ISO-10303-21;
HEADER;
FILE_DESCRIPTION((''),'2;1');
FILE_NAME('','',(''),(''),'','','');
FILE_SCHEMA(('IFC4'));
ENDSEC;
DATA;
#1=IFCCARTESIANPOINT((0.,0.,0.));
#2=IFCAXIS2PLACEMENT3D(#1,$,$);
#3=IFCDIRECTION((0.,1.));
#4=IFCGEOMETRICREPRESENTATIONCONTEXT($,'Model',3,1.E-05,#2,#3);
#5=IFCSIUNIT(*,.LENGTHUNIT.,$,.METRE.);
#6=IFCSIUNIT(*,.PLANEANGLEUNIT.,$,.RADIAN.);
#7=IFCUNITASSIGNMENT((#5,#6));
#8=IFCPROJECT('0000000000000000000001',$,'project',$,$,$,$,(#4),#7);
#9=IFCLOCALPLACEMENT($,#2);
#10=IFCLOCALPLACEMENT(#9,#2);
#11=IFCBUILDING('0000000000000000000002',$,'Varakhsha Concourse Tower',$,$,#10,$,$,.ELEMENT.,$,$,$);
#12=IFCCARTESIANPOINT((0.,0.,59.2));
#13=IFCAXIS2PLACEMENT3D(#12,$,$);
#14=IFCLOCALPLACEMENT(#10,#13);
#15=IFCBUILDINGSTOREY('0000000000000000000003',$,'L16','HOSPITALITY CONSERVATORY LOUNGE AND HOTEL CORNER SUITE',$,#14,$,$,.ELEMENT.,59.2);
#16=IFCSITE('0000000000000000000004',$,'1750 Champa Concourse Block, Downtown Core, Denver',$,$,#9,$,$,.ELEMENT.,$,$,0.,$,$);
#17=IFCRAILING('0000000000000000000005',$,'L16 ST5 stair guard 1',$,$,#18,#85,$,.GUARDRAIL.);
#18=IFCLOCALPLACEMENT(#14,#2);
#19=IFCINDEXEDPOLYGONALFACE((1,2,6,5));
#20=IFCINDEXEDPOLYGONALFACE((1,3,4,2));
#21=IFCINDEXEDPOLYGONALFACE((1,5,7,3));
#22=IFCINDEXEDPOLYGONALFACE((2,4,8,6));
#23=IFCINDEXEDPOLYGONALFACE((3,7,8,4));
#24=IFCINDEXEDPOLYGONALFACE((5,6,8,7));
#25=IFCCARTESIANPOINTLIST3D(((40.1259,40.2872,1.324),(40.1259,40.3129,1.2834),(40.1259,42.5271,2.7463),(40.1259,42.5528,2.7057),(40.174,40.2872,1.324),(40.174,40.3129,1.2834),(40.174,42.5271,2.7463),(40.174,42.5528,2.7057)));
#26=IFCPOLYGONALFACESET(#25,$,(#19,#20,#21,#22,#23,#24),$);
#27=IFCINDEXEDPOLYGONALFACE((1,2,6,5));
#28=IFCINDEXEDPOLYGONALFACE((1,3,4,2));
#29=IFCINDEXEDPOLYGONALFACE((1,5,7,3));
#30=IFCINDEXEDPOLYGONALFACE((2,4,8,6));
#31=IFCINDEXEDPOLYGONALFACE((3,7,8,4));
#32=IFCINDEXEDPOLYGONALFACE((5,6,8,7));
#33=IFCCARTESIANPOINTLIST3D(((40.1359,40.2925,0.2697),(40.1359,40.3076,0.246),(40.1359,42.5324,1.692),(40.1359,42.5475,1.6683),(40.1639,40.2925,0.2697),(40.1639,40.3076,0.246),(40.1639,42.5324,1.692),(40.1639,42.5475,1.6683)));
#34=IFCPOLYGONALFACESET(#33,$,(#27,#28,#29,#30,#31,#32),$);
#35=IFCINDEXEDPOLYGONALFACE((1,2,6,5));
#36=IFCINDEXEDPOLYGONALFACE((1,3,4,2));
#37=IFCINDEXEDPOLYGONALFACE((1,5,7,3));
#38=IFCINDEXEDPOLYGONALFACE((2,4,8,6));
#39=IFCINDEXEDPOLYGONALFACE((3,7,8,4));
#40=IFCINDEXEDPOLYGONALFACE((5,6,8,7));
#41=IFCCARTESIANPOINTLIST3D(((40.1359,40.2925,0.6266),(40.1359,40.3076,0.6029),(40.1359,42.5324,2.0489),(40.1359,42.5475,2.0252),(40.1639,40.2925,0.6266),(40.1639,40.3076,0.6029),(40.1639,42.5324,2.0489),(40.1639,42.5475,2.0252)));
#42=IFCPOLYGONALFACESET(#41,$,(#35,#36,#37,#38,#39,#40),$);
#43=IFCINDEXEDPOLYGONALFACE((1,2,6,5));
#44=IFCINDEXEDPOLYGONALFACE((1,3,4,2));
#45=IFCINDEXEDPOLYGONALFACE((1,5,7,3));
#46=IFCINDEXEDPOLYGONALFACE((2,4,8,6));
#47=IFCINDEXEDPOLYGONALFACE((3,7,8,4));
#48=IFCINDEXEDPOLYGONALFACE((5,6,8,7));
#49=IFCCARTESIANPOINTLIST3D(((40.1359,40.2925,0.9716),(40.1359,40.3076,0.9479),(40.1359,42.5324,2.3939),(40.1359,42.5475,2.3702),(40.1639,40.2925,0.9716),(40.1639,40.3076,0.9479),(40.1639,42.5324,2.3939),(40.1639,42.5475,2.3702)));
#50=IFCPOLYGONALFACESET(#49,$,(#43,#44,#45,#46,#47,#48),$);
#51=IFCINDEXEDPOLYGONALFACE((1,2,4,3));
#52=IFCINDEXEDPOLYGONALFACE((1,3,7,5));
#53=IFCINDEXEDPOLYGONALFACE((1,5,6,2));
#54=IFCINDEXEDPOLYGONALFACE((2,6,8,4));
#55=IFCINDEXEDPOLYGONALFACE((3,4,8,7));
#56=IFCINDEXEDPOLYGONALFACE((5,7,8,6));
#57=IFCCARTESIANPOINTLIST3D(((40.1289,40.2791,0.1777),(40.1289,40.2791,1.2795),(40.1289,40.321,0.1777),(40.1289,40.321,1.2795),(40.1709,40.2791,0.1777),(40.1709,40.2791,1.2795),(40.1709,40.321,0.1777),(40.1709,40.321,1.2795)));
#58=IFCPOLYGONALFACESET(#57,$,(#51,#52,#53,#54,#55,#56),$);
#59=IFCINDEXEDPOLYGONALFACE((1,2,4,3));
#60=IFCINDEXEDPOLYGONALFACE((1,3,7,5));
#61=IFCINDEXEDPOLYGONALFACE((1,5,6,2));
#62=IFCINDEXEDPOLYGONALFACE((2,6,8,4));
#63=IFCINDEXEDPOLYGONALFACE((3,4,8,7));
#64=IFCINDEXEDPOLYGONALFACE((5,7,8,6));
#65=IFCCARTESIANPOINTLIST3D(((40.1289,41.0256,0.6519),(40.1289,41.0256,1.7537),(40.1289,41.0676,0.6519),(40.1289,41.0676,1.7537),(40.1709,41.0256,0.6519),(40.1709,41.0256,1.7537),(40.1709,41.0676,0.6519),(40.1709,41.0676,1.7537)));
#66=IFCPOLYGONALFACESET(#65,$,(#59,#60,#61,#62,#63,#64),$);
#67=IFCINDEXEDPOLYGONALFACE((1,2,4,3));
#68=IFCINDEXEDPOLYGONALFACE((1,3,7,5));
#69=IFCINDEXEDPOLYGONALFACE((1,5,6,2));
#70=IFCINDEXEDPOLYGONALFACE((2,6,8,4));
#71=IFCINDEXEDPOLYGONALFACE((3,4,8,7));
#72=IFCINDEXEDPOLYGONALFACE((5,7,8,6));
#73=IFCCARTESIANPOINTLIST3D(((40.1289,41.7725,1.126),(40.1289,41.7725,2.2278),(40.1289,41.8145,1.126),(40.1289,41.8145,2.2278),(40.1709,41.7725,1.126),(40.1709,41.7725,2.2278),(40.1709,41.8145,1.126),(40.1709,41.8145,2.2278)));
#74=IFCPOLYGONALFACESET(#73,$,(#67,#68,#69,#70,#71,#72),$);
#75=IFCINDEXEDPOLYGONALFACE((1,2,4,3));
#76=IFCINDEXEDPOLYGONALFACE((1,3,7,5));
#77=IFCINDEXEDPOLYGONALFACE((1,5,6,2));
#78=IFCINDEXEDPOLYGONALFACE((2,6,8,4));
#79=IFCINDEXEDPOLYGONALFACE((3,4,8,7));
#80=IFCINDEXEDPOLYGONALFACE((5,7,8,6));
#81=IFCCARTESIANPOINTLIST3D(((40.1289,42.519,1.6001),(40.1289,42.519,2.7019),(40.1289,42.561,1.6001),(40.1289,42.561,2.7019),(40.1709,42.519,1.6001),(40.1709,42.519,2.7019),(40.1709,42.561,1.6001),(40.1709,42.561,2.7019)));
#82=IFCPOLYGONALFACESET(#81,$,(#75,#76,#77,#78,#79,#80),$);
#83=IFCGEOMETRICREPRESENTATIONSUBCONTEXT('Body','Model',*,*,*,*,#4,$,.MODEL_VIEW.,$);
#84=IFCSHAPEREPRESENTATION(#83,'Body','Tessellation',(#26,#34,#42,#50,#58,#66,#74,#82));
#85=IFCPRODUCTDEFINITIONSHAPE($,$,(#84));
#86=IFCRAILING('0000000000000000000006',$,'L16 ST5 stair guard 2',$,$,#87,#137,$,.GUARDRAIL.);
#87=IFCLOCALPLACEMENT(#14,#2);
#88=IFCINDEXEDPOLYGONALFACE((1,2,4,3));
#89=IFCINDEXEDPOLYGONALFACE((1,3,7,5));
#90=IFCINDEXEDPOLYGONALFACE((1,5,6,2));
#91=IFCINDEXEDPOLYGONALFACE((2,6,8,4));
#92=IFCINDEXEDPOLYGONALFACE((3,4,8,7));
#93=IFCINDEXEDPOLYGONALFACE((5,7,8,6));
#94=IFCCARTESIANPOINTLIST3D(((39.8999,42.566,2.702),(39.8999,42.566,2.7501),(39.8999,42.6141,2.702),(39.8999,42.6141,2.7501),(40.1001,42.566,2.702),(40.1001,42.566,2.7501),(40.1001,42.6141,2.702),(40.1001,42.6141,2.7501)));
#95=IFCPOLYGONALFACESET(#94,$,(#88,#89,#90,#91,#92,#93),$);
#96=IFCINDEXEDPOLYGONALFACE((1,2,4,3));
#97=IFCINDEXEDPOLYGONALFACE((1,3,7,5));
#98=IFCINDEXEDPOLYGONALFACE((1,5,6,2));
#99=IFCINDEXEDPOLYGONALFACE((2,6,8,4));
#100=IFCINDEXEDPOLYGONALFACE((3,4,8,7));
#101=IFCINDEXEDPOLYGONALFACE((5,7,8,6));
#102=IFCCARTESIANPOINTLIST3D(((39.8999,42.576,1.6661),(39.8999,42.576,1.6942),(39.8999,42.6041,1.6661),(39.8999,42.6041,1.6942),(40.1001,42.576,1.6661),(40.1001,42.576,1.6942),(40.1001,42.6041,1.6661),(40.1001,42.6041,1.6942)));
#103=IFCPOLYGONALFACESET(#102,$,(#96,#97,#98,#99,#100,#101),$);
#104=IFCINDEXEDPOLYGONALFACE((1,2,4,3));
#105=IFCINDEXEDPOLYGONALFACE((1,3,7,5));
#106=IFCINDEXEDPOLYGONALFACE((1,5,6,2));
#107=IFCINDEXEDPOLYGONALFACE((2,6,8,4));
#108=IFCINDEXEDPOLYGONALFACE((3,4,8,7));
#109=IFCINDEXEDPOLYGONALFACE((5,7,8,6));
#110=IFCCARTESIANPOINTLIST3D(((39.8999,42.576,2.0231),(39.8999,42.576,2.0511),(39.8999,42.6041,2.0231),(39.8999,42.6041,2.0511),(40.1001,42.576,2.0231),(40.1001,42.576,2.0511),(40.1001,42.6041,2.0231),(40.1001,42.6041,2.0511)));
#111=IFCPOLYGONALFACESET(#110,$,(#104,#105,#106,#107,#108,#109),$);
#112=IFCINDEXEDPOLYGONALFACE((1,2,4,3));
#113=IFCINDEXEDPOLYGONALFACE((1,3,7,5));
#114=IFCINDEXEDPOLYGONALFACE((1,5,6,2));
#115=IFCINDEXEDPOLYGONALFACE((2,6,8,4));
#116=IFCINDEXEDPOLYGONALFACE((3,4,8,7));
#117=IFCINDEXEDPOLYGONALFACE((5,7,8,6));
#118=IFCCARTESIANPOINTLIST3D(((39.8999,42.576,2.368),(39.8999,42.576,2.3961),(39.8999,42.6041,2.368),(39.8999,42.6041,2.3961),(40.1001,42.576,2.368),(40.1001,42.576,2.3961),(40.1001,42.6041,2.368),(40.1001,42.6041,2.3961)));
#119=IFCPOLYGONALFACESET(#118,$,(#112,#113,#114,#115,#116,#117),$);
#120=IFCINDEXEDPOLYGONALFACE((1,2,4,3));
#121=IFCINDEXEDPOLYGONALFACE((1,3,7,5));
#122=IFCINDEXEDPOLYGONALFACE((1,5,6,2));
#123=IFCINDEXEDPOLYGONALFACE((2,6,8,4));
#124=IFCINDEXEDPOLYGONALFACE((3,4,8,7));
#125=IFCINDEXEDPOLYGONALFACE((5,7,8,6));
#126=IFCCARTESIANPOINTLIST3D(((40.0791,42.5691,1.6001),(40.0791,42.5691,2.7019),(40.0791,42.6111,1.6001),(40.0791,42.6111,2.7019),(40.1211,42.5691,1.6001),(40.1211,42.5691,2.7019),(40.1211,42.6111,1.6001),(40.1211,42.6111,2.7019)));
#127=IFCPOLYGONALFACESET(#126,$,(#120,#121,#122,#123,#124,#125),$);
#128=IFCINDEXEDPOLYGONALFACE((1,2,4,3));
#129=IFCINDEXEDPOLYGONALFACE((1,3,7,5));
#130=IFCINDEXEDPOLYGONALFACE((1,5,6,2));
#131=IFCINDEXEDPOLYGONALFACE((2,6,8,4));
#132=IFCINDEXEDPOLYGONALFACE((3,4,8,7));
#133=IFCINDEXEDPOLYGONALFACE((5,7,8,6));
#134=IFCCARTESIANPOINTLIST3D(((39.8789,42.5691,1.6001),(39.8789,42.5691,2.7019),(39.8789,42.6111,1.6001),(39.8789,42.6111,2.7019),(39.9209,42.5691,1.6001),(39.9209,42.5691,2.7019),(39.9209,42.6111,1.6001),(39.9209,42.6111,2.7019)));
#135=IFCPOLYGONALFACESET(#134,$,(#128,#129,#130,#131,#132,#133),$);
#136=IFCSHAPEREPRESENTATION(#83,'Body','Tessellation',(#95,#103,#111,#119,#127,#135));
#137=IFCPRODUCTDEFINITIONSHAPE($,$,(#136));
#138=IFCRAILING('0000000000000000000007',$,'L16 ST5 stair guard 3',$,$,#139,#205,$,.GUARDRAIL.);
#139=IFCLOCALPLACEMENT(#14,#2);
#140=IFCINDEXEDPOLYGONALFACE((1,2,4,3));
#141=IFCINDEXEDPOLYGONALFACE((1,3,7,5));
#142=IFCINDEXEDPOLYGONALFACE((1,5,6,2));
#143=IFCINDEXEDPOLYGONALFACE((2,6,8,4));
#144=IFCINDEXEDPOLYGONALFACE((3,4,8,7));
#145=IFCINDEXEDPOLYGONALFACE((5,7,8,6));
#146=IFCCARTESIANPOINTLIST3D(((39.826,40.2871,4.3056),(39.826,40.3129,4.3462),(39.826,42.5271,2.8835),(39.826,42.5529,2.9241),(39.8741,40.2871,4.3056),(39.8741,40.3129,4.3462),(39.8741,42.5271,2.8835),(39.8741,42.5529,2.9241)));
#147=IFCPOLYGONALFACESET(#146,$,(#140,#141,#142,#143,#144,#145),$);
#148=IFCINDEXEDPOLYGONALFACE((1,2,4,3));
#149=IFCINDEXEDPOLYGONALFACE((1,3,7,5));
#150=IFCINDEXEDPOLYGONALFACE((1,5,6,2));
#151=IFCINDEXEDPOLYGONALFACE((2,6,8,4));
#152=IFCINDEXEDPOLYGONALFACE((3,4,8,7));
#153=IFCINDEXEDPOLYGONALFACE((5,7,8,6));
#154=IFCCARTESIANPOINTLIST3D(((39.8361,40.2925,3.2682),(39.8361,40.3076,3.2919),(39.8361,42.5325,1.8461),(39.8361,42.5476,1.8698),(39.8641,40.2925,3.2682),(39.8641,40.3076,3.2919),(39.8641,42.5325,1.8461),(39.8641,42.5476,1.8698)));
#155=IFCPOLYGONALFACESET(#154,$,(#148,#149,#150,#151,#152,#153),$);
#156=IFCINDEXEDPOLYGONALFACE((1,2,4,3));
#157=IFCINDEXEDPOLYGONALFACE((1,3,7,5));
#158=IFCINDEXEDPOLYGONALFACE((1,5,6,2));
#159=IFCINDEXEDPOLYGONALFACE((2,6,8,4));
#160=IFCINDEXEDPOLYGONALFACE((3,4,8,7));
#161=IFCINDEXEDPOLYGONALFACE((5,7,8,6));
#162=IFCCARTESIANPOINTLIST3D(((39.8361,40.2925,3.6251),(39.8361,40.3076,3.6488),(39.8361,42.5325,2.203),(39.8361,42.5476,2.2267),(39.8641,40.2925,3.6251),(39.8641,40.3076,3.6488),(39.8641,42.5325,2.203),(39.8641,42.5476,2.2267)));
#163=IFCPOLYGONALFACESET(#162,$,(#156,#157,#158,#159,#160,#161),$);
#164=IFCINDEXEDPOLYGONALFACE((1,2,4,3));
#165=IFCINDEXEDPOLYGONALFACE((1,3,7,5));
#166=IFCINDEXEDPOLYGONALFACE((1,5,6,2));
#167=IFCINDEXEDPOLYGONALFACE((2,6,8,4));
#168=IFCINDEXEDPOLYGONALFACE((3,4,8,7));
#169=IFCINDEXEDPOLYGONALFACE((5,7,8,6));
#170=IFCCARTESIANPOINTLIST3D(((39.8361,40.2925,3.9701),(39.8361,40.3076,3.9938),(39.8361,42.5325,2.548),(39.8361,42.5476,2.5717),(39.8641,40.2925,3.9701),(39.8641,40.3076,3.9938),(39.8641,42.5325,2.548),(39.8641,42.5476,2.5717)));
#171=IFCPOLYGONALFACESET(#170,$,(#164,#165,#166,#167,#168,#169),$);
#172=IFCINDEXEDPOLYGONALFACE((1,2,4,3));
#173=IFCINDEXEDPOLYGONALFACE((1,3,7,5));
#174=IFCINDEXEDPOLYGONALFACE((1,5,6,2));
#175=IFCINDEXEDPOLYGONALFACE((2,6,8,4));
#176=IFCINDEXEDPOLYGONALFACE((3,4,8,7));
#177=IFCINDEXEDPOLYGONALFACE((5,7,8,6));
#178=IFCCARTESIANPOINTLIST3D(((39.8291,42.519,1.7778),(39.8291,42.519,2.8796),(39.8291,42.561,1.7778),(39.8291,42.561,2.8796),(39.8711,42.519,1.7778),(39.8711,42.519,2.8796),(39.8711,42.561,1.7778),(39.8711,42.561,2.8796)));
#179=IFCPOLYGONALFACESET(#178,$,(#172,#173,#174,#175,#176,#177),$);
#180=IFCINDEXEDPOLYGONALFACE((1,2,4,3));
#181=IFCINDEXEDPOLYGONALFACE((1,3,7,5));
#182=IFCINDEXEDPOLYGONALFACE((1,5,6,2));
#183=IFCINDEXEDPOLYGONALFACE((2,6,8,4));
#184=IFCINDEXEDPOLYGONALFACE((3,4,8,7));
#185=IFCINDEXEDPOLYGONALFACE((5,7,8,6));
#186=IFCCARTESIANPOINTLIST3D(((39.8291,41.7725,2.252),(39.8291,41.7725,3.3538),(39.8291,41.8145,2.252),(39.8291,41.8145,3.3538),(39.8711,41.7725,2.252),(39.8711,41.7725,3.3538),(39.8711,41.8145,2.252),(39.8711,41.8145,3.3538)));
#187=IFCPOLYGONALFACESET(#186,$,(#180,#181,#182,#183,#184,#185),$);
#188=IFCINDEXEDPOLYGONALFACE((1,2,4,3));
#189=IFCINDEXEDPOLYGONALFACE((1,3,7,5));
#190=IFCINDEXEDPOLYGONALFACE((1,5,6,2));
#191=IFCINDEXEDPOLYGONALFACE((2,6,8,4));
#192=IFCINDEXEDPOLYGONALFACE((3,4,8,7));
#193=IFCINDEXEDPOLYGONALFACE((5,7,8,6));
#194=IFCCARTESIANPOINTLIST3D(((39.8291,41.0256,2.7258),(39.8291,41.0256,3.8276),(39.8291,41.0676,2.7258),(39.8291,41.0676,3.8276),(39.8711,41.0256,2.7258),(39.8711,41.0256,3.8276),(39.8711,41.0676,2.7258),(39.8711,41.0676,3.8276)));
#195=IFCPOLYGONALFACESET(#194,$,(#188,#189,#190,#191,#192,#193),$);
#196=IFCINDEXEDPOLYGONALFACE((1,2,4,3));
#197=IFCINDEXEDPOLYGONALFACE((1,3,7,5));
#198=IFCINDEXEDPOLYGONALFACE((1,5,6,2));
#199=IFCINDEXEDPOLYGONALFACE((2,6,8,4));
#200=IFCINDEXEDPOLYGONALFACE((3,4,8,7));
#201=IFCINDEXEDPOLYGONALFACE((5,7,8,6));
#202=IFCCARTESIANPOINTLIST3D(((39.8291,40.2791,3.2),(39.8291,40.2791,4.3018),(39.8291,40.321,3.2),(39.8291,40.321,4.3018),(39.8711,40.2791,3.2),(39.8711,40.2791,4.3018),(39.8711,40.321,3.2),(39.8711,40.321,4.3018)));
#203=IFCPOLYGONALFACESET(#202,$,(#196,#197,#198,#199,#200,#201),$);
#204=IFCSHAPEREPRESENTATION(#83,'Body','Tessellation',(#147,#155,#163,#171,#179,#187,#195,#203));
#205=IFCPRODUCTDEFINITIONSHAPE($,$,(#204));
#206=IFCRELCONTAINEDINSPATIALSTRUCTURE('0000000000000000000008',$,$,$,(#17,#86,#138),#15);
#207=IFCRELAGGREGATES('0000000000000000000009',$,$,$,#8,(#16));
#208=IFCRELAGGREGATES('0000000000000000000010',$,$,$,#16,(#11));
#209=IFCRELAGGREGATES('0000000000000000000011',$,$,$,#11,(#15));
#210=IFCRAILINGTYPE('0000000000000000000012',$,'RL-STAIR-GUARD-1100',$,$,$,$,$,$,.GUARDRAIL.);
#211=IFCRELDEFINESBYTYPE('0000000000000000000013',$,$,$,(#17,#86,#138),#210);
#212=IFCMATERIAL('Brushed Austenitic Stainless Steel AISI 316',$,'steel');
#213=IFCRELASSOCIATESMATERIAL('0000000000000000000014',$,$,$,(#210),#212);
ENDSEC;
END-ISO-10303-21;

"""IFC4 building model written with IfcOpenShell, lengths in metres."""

from ifc_helpers import new_model, si_unit, direction, frame, origin, origin_2d, place, context, subcontext, project, spatial, rectangle, extrude, material, type_object, element, save


model = new_model("IFC4")

# Units and contexts
model_context = context("Model", 3, precision=1e-05, world=origin(), true_north=direction((0.0, 1.0)))
body_context = subcontext(model_context, "Body", "Model", "MODEL_VIEW")
ifc_project = project(units=[si_unit("LENGTHUNIT", "METRE"), si_unit("PLANEANGLEUNIT", "RADIAN")], contexts=[model_context])

# Site, building, storey
site_placement = place(None, origin())
site = spatial("IfcSite", under=ifc_project, at=site_placement, Name="1750 Champa Concourse Block, Downtown Core, Denver", CompositionType="ELEMENT", RefElevation=0.0)
building_placement = place(site_placement, origin())
building = spatial("IfcBuilding", under=site, at=building_placement, Name="Varakhsha Concourse Tower", CompositionType="ELEMENT")
storey_placement = place(building_placement, frame((0.0, 0.0, 59.2)))
storey = spatial("IfcBuildingStorey", under=building, at=storey_placement, Name="L16", Description="HOSPITALITY CONSERVATORY LOUNGE AND HOTEL CORNER SUITE", CompositionType="ELEMENT", Elevation=59.2)

# Railings
ifc_material_1 = material(Name="Brushed Austenitic Stainless Steel AISI 316", Category="steel")
railing_type_1 = type_object("IfcRailingType", Name="RL-STAIR-GUARD-1100", PredefinedType="GUARDRAIL", material=ifc_material_1)
railing_1_placement = place(storey_placement, frame((40.1499, 40.3, 0.1777)))
element("IfcRailing", 1, at=railing_1_placement, inside=storey, type_object=railing_type_1, Name="L16 ST5 stair guard 1", PredefinedType="GUARDRAIL", context=body_context, shape_type="SweptSolid", body=[
    extrude(rectangle(XDim=0.0481, YDim=0.0481, at=origin_2d()), frame((0.0, 0.0, 1.126), z_axis=(0.0, 0.844188, 0.536048), x_axis=(-1.0, 0.0, 0.0)), (0.0, 0.0, 1.0), 2.6533),
    extrude(rectangle(XDim=0.0281, YDim=0.0281, at=origin_2d()), frame((0.0, 0.0, 0.0801), z_axis=(0.0, 0.844188, 0.536048), x_axis=(-1.0, 0.0, 0.0)), (0.0, 0.0, 1.0), 2.6533),
    extrude(rectangle(XDim=0.0281, YDim=0.0281, at=origin_2d()), frame((0.0, 0.0, 0.437), z_axis=(0.0, 0.844188, 0.536048), x_axis=(-1.0, 0.0, 0.0)), (0.0, 0.0, 1.0), 2.6533),
    extrude(rectangle(XDim=0.0281, YDim=0.0281, at=origin_2d()), frame((0.0, 0.0, 0.782), z_axis=(0.0, 0.844188, 0.536048), x_axis=(-1.0, 0.0, 0.0)), (0.0, 0.0, 1.0), 2.6533),
    extrude(rectangle(XDim=0.042, YDim=0.042, at=origin_2d()), origin(), (0.0, 0.0, 1.0), 1.1018),
    extrude(rectangle(XDim=0.042, YDim=0.042, at=origin_2d()), frame((0.0, 0.7466, 0.4741)), (0.0, 0.0, 1.0), 1.1018),
    extrude(rectangle(XDim=0.042, YDim=0.042, at=origin_2d()), frame((0.0, 1.4934, 0.9482)), (0.0, 0.0, 1.0), 1.1018),
    extrude(rectangle(XDim=0.042, YDim=0.042, at=origin_2d()), frame((0.0, 2.24, 1.4224)), (0.0, 0.0, 1.0), 1.1018),
])
railing_2_placement = place(storey_placement, frame((40.1001, 42.5901, 1.6001)))
element("IfcRailing", 2, at=railing_2_placement, inside=storey, type_object=railing_type_1, Name="L16 ST5 stair guard 2", PredefinedType="GUARDRAIL", context=body_context, shape_type="SweptSolid", body=[
    extrude(rectangle(XDim=0.0481, YDim=0.0481, at=origin_2d()), frame((0.0, 0.0, 1.126), z_axis=(-1.0, 0.0, 0.0), x_axis=(0.0, -1.0, 0.0)), (0.0, 0.0, 1.0), 0.2002),
    extrude(rectangle(XDim=0.0281, YDim=0.0281, at=origin_2d()), frame((0.0, 0.0, 0.0801), z_axis=(-1.0, 0.0, 0.0), x_axis=(0.0, -1.0, 0.0)), (0.0, 0.0, 1.0), 0.2002),
    extrude(rectangle(XDim=0.0281, YDim=0.0281, at=origin_2d()), frame((0.0, 0.0, 0.437), z_axis=(-1.0, 0.0, 0.0), x_axis=(0.0, -1.0, 0.0)), (0.0, 0.0, 1.0), 0.2002),
    extrude(rectangle(XDim=0.0281, YDim=0.0281, at=origin_2d()), frame((0.0, 0.0, 0.782), z_axis=(-1.0, 0.0, 0.0), x_axis=(0.0, -1.0, 0.0)), (0.0, 0.0, 1.0), 0.2002),
    extrude(rectangle(XDim=0.042, YDim=0.042, at=origin_2d()), origin(), (0.0, 0.0, 1.0), 1.1018),
    extrude(rectangle(XDim=0.042, YDim=0.042, at=origin_2d()), frame((-0.2002, 0.0, 0.0)), (0.0, 0.0, 1.0), 1.1018),
])
railing_3_placement = place(storey_placement, frame((39.8501, 42.54, 1.7778)))
element("IfcRailing", 3, at=railing_3_placement, inside=storey, type_object=railing_type_1, Name="L16 ST5 stair guard 3", PredefinedType="GUARDRAIL", context=body_context, shape_type="SweptSolid", body=[
    extrude(rectangle(XDim=0.0481, YDim=0.0481, at=origin_2d()), frame((0.0, 0.0, 1.126), z_axis=(0.0, -0.844229, 0.535982), x_axis=(1.0, 0.0, 0.0)), (0.0, 0.0, 1.0), 2.6533),
    extrude(rectangle(XDim=0.0281, YDim=0.0281, at=origin_2d()), frame((0.0, 0.0, 0.0801), z_axis=(0.0, -0.844229, 0.535982), x_axis=(1.0, 0.0, 0.0)), (0.0, 0.0, 1.0), 2.6533),
    extrude(rectangle(XDim=0.0281, YDim=0.0281, at=origin_2d()), frame((0.0, 0.0, 0.437), z_axis=(0.0, -0.844229, 0.535982), x_axis=(1.0, 0.0, 0.0)), (0.0, 0.0, 1.0), 2.6533),
    extrude(rectangle(XDim=0.0281, YDim=0.0281, at=origin_2d()), frame((0.0, 0.0, 0.782), z_axis=(0.0, -0.844229, 0.535982), x_axis=(1.0, 0.0, 0.0)), (0.0, 0.0, 1.0), 2.6533),
    extrude(rectangle(XDim=0.042, YDim=0.042, at=origin_2d()), origin(), (0.0, 0.0, 1.0), 1.1018),
    extrude(rectangle(XDim=0.042, YDim=0.042, at=origin_2d()), frame((0.0, -0.7466, 0.4741)), (0.0, 0.0, 1.0), 1.1018),
    extrude(rectangle(XDim=0.042, YDim=0.042, at=origin_2d()), frame((0.0, -1.4934, 0.948)), (0.0, 0.0, 1.0), 1.1018),
    extrude(rectangle(XDim=0.042, YDim=0.042, at=origin_2d()), frame((0.0, -2.24, 1.4221)), (0.0, 0.0, 1.0), 1.1018),
])

save(model, "model.ifc")
